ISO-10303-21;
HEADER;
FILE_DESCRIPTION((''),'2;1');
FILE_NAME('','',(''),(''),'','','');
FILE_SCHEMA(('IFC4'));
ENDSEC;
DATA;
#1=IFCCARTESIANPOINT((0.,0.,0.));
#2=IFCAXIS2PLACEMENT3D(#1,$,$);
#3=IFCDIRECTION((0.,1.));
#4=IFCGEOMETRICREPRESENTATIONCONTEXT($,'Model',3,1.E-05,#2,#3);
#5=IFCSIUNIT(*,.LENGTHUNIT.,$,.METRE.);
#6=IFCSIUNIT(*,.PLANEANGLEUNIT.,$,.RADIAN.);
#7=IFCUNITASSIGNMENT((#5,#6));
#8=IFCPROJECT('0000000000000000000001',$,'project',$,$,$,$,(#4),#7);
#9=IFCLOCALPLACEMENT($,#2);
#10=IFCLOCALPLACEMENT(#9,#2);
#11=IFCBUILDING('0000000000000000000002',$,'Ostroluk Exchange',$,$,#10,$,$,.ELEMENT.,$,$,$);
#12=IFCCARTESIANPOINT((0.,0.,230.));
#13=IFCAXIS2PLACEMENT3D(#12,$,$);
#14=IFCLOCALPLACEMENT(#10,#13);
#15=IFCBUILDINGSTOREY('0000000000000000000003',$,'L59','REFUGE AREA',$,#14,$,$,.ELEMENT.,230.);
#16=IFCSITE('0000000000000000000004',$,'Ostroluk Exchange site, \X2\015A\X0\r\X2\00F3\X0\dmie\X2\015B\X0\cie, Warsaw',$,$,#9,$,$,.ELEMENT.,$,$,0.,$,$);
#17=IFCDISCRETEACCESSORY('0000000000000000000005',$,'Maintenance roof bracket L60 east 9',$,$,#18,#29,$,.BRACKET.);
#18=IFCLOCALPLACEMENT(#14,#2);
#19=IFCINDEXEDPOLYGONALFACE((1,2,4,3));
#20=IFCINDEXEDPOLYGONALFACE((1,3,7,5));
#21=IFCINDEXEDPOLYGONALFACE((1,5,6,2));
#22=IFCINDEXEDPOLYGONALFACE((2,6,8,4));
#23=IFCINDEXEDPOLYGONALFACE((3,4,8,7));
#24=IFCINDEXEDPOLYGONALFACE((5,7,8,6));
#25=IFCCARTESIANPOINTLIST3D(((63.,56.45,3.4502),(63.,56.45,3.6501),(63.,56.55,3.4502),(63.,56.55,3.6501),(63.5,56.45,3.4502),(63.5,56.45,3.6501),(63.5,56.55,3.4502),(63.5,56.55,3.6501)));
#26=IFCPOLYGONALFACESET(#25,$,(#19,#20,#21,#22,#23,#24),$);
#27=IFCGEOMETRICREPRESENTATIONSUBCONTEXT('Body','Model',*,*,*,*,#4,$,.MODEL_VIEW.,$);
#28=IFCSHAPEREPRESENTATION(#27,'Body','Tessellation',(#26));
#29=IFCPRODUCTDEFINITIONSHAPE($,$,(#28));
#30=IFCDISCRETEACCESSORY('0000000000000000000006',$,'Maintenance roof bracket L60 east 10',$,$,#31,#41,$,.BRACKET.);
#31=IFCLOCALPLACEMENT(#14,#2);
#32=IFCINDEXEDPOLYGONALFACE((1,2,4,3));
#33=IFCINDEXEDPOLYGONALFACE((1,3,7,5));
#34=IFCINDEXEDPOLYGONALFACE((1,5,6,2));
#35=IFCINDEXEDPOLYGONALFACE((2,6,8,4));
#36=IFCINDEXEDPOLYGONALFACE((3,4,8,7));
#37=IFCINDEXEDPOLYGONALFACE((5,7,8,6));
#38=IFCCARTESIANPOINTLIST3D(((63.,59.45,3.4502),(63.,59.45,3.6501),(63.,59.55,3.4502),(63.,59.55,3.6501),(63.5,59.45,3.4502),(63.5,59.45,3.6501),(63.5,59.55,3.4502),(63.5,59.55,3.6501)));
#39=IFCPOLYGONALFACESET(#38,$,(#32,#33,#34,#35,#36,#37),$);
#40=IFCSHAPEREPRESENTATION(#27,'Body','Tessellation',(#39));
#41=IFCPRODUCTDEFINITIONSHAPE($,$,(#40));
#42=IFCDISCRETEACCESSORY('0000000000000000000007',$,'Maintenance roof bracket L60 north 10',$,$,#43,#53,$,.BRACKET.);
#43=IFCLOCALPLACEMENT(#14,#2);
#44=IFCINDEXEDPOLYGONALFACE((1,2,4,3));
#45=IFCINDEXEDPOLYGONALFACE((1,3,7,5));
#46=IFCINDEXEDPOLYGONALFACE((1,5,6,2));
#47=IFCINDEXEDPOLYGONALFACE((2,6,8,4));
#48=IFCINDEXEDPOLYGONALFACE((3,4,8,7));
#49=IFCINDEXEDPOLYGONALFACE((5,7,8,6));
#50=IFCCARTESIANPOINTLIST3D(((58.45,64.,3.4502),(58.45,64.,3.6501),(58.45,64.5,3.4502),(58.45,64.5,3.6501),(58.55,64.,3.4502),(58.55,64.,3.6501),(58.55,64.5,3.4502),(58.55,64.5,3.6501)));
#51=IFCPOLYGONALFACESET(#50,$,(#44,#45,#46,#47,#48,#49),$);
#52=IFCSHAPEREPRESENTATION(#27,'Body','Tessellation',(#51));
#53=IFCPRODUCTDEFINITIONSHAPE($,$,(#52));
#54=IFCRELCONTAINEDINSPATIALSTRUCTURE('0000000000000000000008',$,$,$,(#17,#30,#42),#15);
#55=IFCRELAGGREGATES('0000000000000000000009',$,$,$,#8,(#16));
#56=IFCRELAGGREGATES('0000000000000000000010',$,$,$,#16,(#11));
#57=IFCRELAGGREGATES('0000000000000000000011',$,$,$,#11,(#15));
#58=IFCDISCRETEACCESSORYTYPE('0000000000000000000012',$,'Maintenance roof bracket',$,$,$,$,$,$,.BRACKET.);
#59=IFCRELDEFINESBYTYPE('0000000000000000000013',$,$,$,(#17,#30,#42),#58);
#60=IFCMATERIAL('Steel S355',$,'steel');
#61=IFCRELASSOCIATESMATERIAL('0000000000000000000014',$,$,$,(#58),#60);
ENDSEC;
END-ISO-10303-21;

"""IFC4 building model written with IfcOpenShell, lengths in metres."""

from ifc_helpers import new_model, si_unit, direction, frame, origin, origin_2d, place, context, subcontext, project, spatial, rectangle, extrude, material, type_object, element, save


model = new_model("IFC4")

# Units and contexts
model_context = context("Model", 3, precision=1e-05, world=origin(), true_north=direction((0.0, 1.0)))
body_context = subcontext(model_context, "Body", "Model", "MODEL_VIEW")
ifc_project = project(units=[si_unit("LENGTHUNIT", "METRE"), si_unit("PLANEANGLEUNIT", "RADIAN")], contexts=[model_context])

# Site, building, storey
site_placement = place(None, origin())
site = spatial("IfcSite", under=ifc_project, at=site_placement, Name="Ostroluk Exchange site, Śródmieście, Warsaw", CompositionType="ELEMENT", RefElevation=0.0)
building_placement = place(site_placement, origin())
building = spatial("IfcBuilding", under=site, at=building_placement, Name="Ostroluk Exchange", CompositionType="ELEMENT")
storey_placement = place(building_placement, frame((0.0, 0.0, 230.0)))
storey = spatial("IfcBuildingStorey", under=building, at=storey_placement, Name="L59", Description="REFUGE AREA", CompositionType="ELEMENT", Elevation=230.0)

# Discrete accessories
ifc_material_1 = material(Name="Steel S355", Category="steel")
discrete_accessory_type = type_object("IfcDiscreteAccessoryType", Name="Maintenance roof bracket", PredefinedType="BRACKET", material=ifc_material_1)
for number, where, z_axis, x_axis, name in (
    (1, (63.25, 56.5, 3.4502), (0.0, 0.0, 1.0), (1.0, 0.0, 0.0), "Maintenance roof bracket L60 east 9"),
    (2, (63.25, 59.5, 3.4502), (0.0, 0.0, 1.0), (1.0, 0.0, 0.0), "Maintenance roof bracket L60 east 10"),
):
    element("IfcDiscreteAccessory", number, at=place(storey_placement, frame(where, z_axis=z_axis, x_axis=x_axis)), inside=storey, type_object=discrete_accessory_type, Name=name, PredefinedType="BRACKET", context=body_context, shape_type="SweptSolid", body=[
        extrude(rectangle(XDim=0.5, YDim=0.1001, at=origin_2d()), origin(), (0.0, 0.0, 1.0), 0.2),
    ])
discrete_accessory_placement = place(storey_placement, frame((58.5, 64.25, 3.4502), z_axis=(0.0, 0.0, 1.0), x_axis=(1.0, 0.0, 0.0)))
element("IfcDiscreteAccessory", 3, at=discrete_accessory_placement, inside=storey, type_object=discrete_accessory_type, Name="Maintenance roof bracket L60 north 10", PredefinedType="BRACKET", context=body_context, shape_type="SweptSolid", body=[
    extrude(rectangle(XDim=0.1001, YDim=0.5, at=origin_2d()), origin(), (0.0, 0.0, 1.0), 0.2),
])

save(model, "model.ifc")
